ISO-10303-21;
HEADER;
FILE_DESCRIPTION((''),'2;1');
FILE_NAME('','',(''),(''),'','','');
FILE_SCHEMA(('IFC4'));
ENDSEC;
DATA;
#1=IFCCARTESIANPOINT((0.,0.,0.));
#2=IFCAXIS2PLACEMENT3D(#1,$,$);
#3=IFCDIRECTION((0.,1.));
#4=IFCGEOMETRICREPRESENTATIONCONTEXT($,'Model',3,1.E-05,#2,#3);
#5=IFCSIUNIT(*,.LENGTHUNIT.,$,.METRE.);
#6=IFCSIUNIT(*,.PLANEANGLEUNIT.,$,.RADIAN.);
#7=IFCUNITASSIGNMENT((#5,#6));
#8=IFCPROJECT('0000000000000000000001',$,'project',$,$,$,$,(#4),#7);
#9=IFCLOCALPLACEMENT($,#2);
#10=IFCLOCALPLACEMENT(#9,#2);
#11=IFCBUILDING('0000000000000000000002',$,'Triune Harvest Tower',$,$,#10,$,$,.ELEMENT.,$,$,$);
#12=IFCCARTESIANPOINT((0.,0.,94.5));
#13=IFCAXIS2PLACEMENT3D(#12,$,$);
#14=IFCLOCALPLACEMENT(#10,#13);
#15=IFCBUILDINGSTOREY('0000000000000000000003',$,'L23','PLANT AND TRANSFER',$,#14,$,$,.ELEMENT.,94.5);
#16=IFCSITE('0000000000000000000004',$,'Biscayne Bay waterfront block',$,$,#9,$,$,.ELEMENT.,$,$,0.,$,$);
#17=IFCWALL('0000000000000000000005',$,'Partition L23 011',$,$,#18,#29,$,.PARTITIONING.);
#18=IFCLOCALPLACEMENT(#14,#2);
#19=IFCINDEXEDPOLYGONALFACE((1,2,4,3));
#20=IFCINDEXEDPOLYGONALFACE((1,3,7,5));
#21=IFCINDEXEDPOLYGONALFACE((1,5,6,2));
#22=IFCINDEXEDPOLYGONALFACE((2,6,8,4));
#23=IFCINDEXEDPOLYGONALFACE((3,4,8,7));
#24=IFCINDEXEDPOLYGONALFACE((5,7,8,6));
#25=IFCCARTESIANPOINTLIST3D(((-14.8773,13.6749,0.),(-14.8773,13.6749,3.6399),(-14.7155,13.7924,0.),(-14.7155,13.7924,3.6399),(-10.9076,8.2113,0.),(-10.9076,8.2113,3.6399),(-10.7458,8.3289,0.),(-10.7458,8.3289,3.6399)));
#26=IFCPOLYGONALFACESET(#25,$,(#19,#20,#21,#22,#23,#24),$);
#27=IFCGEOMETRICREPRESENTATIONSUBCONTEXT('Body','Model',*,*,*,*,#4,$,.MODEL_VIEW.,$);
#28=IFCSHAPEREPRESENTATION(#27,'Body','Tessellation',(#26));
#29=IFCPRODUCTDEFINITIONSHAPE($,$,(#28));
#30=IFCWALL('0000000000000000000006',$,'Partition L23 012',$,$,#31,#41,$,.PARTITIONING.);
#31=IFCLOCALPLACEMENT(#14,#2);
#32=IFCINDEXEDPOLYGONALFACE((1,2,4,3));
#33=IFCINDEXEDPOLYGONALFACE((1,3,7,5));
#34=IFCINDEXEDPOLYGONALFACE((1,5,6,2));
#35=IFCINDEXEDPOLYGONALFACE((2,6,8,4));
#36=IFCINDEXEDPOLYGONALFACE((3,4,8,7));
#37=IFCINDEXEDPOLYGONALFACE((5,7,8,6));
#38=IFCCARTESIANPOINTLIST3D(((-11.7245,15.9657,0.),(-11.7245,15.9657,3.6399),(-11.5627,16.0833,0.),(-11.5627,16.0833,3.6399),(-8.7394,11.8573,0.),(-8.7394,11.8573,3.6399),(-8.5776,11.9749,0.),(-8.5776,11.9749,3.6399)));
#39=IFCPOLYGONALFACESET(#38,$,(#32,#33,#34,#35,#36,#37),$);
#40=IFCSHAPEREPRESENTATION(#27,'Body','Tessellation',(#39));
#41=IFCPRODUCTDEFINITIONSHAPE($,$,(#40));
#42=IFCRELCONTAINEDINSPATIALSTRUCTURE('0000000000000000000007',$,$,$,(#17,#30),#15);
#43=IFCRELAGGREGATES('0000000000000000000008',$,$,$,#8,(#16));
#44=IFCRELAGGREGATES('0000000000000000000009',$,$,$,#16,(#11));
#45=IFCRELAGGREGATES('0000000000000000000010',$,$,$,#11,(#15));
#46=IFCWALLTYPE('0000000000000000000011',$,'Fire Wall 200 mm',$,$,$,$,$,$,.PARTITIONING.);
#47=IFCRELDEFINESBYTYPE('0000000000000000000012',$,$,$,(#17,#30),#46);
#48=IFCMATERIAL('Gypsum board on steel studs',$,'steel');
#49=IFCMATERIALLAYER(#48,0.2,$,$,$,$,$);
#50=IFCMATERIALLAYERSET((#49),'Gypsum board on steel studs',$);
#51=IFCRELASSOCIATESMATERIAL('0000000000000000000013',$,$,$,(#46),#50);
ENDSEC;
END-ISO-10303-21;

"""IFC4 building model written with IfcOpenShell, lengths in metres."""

from ifc_helpers import new_model, si_unit, direction, frame, frame_2d, origin, place, context, subcontext, project, spatial, rectangle, extrude, material, layer, layer_set, type_object, element, save


model = new_model("IFC4")

# Units and contexts
model_context = context("Model", 3, precision=1e-05, world=origin(), true_north=direction((0.0, 1.0)))
body_context = subcontext(model_context, "Body", "Model", "MODEL_VIEW")
ifc_project = project(units=[si_unit("LENGTHUNIT", "METRE"), si_unit("PLANEANGLEUNIT", "RADIAN")], contexts=[model_context])

# Site, building, storey
site_placement = place(None, origin())
site = spatial("IfcSite", under=ifc_project, at=site_placement, Name="Biscayne Bay waterfront block", CompositionType="ELEMENT", RefElevation=0.0)
building_placement = place(site_placement, origin())
building = spatial("IfcBuilding", under=site, at=building_placement, Name="Triune Harvest Tower", CompositionType="ELEMENT")
storey_placement = place(building_placement, frame((0.0, 0.0, 94.5)))
storey = spatial("IfcBuildingStorey", under=building, at=storey_placement, Name="L23", Description="PLANT AND TRANSFER", CompositionType="ELEMENT", Elevation=94.5)

# Walls
ifc_material_1 = material(Name="Gypsum board on steel studs", Category="steel")
ifc_layer_1 = layer(ifc_material_1, 0.2)
ifc_layer_set_1 = layer_set([ifc_layer_1], Name="Gypsum board on steel studs")
wall_type_1 = type_object("IfcWallType", Name="Fire Wall 200 mm", PredefinedType="PARTITIONING", material=ifc_layer_set_1)
wall_1_placement = place(storey_placement, frame((-14.7964, 13.7336, 0.0), z_axis=(0.0, 0.0, 1.0), x_axis=(0.587802, -0.809005, 0.0)))
element("IfcWall", 1, at=wall_1_placement, inside=storey, type_object=wall_type_1, Name="Partition L23 011", PredefinedType="PARTITIONING", context=body_context, shape_type="SweptSolid", body=[
    extrude(rectangle(XDim=6.7534, YDim=0.2, at=frame_2d((3.3767, 0.0))), origin(), (0.0, 0.0, 1.0), 3.6399),
])
wall_2_placement = place(storey_placement, frame((-11.6436, 16.0244, 0.0), z_axis=(0.0, 0.0, 1.0), x_axis=(0.587809, -0.809, 0.0)))
element("IfcWall", 2, at=wall_2_placement, inside=storey, type_object=wall_type_1, Name="Partition L23 012", PredefinedType="PARTITIONING", context=body_context, shape_type="SweptSolid", body=[
    extrude(rectangle(XDim=5.0784, YDim=0.2, at=frame_2d((2.5391, 0.0))), origin(), (0.0, 0.0, 1.0), 3.6399),
])

save(model, "model.ifc")
